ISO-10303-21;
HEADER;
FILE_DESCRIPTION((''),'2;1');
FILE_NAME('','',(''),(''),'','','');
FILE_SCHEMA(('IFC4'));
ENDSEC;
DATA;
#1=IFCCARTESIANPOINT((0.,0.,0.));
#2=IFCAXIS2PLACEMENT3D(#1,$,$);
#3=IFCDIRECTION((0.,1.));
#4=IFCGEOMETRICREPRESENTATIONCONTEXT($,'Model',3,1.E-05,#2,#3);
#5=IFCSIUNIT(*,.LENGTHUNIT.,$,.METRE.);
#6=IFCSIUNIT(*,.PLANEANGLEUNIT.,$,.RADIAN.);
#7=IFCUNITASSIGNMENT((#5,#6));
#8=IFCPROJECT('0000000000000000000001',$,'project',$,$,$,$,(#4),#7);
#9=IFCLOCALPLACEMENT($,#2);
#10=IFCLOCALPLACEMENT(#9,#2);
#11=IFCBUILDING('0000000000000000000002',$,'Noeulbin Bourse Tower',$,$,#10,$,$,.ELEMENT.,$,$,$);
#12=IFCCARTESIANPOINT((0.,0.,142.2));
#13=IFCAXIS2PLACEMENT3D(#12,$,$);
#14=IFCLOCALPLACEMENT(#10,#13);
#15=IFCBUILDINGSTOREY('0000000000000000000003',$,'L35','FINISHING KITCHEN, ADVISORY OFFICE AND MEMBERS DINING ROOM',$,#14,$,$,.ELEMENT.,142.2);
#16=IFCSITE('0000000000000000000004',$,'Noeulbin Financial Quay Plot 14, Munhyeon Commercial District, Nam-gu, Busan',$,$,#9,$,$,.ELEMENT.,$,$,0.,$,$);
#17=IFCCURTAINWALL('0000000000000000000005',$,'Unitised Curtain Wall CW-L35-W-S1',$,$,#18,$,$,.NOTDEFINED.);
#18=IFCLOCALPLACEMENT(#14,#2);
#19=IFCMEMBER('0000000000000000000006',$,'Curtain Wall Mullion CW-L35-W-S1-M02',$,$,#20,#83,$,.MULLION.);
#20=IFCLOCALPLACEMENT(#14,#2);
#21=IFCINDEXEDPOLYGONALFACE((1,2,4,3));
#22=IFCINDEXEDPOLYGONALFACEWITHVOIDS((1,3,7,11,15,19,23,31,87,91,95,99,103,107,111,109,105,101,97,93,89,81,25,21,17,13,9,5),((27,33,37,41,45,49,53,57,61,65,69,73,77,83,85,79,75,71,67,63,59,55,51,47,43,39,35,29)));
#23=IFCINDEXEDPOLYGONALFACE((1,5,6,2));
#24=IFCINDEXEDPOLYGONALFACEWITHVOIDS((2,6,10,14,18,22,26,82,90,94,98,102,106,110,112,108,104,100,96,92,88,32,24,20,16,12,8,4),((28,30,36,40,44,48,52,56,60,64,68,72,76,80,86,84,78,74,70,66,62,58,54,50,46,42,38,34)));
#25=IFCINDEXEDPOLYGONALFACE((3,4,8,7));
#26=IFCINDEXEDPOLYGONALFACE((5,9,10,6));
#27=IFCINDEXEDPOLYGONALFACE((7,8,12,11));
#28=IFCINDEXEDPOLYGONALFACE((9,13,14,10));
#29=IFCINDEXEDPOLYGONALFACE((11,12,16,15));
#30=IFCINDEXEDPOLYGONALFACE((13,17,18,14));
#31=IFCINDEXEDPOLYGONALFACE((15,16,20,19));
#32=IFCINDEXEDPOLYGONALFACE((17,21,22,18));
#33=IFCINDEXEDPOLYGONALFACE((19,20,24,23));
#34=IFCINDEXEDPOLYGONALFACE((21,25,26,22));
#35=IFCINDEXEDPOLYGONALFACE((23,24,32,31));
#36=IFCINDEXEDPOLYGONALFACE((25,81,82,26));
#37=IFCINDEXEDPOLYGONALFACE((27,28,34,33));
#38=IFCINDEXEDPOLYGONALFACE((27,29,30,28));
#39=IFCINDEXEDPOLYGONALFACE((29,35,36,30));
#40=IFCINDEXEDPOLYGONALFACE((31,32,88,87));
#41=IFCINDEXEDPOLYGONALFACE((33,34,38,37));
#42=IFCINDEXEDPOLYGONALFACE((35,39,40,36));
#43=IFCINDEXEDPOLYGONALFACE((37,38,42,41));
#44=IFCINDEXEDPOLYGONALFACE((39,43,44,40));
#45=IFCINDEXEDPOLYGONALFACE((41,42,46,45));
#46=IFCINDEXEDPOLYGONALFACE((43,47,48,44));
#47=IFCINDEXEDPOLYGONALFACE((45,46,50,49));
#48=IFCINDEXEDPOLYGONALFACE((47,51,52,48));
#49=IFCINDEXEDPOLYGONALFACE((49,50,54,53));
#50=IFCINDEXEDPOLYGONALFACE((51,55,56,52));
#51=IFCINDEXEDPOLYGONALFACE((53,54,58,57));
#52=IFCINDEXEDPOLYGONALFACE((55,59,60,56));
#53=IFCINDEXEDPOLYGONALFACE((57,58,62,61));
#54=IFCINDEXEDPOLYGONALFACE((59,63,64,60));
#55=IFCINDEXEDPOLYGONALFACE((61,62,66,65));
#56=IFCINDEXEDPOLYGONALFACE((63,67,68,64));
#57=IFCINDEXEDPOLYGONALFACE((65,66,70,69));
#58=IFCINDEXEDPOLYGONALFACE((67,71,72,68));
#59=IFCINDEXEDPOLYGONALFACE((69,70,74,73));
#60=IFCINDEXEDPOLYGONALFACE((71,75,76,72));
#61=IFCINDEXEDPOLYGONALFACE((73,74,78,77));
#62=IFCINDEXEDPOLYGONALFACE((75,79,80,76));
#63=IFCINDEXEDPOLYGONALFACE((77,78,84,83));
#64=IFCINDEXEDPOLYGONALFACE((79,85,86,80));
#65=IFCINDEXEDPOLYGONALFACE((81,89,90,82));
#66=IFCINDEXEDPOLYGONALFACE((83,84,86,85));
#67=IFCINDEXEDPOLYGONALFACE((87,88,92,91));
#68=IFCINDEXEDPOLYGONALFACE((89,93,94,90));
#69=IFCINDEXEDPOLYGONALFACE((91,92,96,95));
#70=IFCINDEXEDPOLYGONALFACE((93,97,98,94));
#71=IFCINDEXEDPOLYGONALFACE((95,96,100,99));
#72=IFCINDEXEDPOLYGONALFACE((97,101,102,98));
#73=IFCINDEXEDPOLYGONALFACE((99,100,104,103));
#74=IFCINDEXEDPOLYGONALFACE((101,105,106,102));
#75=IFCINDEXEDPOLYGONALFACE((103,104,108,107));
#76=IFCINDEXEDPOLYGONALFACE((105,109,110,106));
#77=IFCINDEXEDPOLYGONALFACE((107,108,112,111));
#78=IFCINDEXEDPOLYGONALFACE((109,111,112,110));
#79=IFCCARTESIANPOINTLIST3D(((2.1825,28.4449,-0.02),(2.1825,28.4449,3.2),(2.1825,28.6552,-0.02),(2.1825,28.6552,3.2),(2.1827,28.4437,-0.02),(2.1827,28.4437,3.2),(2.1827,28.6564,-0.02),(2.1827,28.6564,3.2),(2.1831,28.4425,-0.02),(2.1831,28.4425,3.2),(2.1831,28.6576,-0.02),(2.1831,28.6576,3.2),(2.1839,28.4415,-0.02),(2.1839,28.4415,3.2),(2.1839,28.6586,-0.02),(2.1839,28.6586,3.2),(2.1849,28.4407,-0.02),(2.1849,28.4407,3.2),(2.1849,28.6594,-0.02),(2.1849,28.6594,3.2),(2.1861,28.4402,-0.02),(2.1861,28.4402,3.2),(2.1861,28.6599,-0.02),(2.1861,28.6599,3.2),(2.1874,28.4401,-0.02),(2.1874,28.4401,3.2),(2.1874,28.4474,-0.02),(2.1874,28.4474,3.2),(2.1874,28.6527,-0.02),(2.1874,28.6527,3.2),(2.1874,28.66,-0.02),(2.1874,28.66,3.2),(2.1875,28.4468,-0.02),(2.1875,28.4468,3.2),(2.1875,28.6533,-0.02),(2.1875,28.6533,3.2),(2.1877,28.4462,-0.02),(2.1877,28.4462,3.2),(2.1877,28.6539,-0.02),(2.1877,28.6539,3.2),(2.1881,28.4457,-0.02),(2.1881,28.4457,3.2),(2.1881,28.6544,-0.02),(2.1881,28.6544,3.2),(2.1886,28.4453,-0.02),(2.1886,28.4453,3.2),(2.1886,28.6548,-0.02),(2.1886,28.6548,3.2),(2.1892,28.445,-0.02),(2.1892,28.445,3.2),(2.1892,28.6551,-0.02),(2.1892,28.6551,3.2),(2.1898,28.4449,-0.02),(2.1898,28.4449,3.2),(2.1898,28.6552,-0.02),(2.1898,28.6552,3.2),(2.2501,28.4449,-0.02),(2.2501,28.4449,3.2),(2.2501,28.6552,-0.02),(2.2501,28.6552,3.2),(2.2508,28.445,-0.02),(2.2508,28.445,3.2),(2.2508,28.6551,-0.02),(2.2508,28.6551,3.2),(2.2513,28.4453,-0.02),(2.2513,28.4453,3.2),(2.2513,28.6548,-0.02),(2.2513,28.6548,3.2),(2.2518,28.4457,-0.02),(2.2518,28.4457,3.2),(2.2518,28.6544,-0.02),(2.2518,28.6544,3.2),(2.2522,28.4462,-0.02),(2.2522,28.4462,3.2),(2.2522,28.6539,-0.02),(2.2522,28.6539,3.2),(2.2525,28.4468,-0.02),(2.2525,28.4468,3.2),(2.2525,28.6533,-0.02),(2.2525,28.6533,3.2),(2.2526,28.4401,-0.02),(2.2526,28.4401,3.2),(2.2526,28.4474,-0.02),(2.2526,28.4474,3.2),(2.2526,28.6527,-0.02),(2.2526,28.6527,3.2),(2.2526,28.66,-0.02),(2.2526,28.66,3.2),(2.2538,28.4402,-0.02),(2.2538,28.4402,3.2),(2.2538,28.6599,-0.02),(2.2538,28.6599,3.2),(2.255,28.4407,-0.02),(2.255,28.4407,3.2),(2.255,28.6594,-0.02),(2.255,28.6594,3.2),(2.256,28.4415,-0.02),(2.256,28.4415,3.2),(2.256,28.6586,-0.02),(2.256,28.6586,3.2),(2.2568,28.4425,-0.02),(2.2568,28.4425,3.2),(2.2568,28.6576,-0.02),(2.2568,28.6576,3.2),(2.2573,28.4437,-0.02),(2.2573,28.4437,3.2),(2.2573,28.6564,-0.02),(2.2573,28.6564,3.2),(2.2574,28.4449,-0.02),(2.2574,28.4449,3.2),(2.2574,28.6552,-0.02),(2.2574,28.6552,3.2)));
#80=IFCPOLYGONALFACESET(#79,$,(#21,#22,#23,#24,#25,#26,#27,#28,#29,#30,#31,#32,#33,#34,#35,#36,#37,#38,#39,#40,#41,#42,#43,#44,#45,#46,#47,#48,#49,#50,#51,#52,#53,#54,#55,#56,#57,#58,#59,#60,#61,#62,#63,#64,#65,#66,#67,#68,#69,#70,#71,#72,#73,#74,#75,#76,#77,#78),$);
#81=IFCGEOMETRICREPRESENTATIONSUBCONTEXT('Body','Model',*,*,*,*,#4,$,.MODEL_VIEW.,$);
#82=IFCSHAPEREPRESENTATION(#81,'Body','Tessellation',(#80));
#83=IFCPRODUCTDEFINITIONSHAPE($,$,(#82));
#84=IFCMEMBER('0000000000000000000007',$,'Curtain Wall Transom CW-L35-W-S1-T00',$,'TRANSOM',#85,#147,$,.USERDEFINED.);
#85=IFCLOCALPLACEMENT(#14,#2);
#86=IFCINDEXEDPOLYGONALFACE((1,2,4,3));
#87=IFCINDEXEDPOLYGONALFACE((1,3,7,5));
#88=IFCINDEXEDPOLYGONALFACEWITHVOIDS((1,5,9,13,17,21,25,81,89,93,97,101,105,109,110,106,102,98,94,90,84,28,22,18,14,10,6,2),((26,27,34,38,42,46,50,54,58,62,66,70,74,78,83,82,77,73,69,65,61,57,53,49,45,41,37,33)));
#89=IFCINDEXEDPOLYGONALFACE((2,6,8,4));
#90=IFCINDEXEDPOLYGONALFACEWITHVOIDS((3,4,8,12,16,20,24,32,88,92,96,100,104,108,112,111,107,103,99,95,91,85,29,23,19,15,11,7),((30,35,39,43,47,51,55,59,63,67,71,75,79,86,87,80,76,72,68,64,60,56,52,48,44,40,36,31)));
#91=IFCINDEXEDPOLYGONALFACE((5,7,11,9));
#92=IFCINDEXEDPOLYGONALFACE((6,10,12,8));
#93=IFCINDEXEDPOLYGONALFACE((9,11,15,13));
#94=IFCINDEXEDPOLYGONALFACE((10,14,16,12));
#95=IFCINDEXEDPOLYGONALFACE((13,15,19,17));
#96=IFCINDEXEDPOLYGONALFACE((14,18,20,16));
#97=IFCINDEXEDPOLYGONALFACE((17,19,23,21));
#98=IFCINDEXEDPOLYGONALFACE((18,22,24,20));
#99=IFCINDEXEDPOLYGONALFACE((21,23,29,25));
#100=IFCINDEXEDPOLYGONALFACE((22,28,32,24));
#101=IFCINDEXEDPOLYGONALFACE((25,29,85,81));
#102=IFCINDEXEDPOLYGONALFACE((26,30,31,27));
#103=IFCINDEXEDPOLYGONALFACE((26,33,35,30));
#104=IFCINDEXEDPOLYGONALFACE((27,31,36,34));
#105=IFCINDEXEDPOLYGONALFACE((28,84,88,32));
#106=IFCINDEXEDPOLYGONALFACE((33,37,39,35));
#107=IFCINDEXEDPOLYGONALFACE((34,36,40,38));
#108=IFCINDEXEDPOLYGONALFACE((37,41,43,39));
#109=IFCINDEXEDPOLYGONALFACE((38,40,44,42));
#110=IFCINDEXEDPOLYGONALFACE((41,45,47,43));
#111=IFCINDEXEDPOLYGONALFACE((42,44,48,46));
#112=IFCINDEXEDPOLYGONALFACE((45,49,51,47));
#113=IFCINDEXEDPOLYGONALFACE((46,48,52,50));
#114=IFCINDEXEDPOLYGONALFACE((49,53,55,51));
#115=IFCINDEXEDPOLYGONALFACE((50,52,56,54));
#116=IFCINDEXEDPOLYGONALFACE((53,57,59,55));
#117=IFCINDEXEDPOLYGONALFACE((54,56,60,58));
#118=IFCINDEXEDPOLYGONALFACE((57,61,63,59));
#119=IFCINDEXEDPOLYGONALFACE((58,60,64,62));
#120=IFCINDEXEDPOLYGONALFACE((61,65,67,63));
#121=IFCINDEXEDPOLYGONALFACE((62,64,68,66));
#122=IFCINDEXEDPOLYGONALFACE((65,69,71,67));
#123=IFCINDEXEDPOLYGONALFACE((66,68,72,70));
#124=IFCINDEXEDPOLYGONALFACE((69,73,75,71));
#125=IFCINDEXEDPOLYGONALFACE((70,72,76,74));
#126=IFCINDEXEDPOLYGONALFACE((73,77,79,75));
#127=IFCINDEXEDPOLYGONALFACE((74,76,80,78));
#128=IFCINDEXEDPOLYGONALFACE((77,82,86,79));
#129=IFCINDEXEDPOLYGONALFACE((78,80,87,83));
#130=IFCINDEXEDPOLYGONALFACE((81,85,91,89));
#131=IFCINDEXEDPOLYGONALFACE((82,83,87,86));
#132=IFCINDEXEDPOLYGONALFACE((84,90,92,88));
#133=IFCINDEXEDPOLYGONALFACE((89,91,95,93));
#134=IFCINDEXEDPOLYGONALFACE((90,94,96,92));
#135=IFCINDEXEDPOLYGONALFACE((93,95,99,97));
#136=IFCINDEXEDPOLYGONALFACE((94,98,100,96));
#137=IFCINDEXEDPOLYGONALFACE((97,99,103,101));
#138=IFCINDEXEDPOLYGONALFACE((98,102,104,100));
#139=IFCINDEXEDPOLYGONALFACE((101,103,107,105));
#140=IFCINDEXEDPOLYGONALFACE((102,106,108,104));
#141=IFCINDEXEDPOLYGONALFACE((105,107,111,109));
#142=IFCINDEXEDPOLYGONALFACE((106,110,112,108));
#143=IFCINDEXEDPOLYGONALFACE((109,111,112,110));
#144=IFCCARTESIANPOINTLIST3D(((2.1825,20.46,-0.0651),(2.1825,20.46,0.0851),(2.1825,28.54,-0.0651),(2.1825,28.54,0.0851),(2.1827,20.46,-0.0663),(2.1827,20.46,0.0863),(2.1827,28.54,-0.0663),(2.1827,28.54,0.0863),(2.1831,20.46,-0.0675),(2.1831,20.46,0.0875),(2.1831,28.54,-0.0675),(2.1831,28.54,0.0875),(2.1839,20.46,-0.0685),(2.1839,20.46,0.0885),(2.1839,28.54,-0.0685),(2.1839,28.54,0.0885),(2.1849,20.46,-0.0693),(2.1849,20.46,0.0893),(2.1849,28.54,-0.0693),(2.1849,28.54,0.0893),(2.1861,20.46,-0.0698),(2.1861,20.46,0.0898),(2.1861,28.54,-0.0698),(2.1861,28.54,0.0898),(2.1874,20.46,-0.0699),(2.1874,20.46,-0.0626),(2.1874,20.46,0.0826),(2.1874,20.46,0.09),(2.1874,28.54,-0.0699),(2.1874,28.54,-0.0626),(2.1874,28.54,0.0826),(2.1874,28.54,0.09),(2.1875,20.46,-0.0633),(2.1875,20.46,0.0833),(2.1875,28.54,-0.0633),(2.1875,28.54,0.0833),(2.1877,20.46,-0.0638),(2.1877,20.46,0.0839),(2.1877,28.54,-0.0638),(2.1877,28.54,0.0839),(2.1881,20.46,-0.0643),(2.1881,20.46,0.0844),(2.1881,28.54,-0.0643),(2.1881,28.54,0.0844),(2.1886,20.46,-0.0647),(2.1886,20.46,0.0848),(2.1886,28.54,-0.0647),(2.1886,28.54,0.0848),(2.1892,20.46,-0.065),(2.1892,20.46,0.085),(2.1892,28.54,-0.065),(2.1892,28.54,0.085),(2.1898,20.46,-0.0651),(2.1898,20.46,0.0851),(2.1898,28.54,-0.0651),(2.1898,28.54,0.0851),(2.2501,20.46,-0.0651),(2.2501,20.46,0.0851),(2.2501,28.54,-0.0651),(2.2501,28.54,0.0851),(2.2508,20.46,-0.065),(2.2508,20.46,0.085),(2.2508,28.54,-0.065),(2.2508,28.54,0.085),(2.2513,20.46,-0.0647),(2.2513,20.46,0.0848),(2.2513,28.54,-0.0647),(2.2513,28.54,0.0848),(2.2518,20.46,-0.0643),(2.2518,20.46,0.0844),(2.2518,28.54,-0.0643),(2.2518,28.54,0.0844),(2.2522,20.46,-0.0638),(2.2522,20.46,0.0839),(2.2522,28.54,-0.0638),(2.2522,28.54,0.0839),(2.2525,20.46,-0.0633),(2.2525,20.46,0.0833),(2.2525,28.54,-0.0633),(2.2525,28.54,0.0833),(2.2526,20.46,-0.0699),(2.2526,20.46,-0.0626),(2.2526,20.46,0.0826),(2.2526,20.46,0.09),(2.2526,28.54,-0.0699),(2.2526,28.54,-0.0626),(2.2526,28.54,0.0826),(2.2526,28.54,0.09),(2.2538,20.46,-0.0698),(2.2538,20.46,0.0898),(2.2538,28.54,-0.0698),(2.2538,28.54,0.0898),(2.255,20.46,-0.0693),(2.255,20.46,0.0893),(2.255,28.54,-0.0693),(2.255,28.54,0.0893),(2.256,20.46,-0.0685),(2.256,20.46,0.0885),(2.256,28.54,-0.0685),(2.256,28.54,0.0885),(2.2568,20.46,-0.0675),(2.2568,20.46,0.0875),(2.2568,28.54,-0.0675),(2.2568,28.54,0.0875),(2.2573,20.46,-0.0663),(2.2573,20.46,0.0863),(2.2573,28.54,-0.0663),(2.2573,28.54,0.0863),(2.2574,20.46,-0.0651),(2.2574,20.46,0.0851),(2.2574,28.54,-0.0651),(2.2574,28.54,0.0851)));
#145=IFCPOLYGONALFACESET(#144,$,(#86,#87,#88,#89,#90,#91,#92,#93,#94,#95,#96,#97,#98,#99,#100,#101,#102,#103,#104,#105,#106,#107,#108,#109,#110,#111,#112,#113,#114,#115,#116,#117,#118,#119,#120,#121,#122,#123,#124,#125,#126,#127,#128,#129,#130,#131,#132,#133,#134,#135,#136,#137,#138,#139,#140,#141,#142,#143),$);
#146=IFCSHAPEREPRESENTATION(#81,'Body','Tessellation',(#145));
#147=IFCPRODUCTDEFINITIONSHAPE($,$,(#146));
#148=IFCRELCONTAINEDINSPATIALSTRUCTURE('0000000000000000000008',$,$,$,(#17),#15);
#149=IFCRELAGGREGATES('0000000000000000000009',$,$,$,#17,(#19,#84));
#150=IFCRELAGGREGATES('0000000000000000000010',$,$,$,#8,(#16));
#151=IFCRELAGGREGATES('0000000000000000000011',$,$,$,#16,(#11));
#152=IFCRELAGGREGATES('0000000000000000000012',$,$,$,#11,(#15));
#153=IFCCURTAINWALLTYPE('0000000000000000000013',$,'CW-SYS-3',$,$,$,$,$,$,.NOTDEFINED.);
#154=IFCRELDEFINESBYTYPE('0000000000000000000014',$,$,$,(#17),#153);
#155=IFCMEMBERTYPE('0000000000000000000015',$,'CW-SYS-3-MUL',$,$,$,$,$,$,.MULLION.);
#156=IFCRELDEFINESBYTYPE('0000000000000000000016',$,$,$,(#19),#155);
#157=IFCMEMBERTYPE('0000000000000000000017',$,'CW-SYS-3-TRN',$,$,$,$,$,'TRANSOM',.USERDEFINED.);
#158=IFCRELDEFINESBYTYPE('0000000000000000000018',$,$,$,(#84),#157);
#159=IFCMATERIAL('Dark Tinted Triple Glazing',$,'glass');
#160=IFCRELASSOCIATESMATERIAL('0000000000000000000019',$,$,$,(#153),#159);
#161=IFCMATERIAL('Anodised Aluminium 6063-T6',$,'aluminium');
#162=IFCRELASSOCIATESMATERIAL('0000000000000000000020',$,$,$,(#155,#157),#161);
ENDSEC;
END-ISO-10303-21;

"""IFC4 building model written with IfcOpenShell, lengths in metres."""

from ifc_helpers import new_model, si_unit, direction, frame, origin, origin_2d, place, context, subcontext, project, spatial, hollow_rectangle, extrude, material, material_profile, profile_set, type_object, element, aggregate, save


model = new_model("IFC4")

# Units and contexts
model_context = context("Model", 3, precision=1e-05, world=origin(), true_north=direction((0.0, 1.0)))
body_context = subcontext(model_context, "Body", "Model", "MODEL_VIEW")
ifc_project = project(units=[si_unit("LENGTHUNIT", "METRE"), si_unit("PLANEANGLEUNIT", "RADIAN")], contexts=[model_context])

# Site, building, storey
site_placement = place(None, origin())
site = spatial("IfcSite", under=ifc_project, at=site_placement, Name="Noeulbin Financial Quay Plot 14, Munhyeon Commercial District, Nam-gu, Busan", CompositionType="ELEMENT", RefElevation=0.0)
building_placement = place(site_placement, origin())
building = spatial("IfcBuilding", under=site, at=building_placement, Name="Noeulbin Bourse Tower", CompositionType="ELEMENT")
storey_placement = place(building_placement, frame((0.0, 0.0, 142.2)))
storey = spatial("IfcBuildingStorey", under=building, at=storey_placement, Name="L35", Description="FINISHING KITCHEN, ADVISORY OFFICE AND MEMBERS DINING ROOM", CompositionType="ELEMENT", Elevation=142.2)

# Curtain wall, members
ifc_material_1 = material(Name="Dark Tinted Triple Glazing", Category="glass")
curtain_wall_type = type_object("IfcCurtainWallType", Name="CW-SYS-3", PredefinedType="NOTDEFINED", material=ifc_material_1)
curtain_wall_placement = place(storey_placement, origin())
curtain_wall = element("IfcCurtainWall", 1, at=curtain_wall_placement, inside=storey, type_object=curtain_wall_type, Name="Unitised Curtain Wall CW-L35-W-S1", PredefinedType="NOTDEFINED")
ifc_material_2 = material(Name="Anodised Aluminium 6063-T6", Category="aluminium")
ifc_material_profile_1 = material_profile(ifc_material_2, hollow_rectangle(XDim=0.075, YDim=0.22, WallThickness=0.0049, InnerFilletRadius=0.0024, OuterFilletRadius=0.0049, at=origin_2d()), Name="ALU-MULL-75x220x5", Category="LoadBearing")
ifc_profile_set_1 = profile_set([ifc_material_profile_1], Name="Anodised Aluminium 6063-T6")
member_type_1 = type_object("IfcMemberType", Name="CW-SYS-3-MUL", PredefinedType="MULLION", material=ifc_profile_set_1)
member_1_placement = place(storey_placement, frame((2.22, 28.55, -0.02), z_axis=(0.0, 0.0, 1.0), x_axis=(1.0, 0.0, 0.0)))
member_1 = element("IfcMember", 2, at=member_1_placement, type_object=member_type_1, Name="Curtain Wall Mullion CW-L35-W-S1-M02", PredefinedType="MULLION", context=body_context, shape_type="SweptSolid", body=[
    extrude(hollow_rectangle(XDim=0.075, YDim=0.22, WallThickness=0.0049, InnerFilletRadius=0.0024, OuterFilletRadius=0.0049, at=origin_2d()), origin(), (0.0, 0.0, 1.0), 3.22),
])
ifc_material_profile_2 = material_profile(ifc_material_2, hollow_rectangle(XDim=0.075, YDim=0.1599, WallThickness=0.0049, InnerFilletRadius=0.0024, OuterFilletRadius=0.0049, at=origin_2d()), Name="ALU-TRAN-75x160x5", Category="LoadBearing")
ifc_profile_set_2 = profile_set([ifc_material_profile_2], Name="Anodised Aluminium 6063-T6")
member_type_2 = type_object("IfcMemberType", Name="CW-SYS-3-TRN", ElementType="TRANSOM", PredefinedType="USERDEFINED", material=ifc_profile_set_2)
member_2_placement = place(storey_placement, frame((2.22, 20.46, 0.01), z_axis=(0.0, 1.0, 0.0), x_axis=(-1.0, 0.0, 0.0)))
member_2 = element("IfcMember", 3, at=member_2_placement, type_object=member_type_2, Name="Curtain Wall Transom CW-L35-W-S1-T00", ObjectType="TRANSOM", PredefinedType="USERDEFINED", context=body_context, shape_type="SweptSolid", body=[
    extrude(hollow_rectangle(XDim=0.075, YDim=0.1599, WallThickness=0.0049, InnerFilletRadius=0.0024, OuterFilletRadius=0.0049, at=origin_2d()), origin(), (0.0, 0.0, 1.0), 8.0801),
])
aggregate(curtain_wall, [member_1, member_2])

save(model, "model.ifc")
